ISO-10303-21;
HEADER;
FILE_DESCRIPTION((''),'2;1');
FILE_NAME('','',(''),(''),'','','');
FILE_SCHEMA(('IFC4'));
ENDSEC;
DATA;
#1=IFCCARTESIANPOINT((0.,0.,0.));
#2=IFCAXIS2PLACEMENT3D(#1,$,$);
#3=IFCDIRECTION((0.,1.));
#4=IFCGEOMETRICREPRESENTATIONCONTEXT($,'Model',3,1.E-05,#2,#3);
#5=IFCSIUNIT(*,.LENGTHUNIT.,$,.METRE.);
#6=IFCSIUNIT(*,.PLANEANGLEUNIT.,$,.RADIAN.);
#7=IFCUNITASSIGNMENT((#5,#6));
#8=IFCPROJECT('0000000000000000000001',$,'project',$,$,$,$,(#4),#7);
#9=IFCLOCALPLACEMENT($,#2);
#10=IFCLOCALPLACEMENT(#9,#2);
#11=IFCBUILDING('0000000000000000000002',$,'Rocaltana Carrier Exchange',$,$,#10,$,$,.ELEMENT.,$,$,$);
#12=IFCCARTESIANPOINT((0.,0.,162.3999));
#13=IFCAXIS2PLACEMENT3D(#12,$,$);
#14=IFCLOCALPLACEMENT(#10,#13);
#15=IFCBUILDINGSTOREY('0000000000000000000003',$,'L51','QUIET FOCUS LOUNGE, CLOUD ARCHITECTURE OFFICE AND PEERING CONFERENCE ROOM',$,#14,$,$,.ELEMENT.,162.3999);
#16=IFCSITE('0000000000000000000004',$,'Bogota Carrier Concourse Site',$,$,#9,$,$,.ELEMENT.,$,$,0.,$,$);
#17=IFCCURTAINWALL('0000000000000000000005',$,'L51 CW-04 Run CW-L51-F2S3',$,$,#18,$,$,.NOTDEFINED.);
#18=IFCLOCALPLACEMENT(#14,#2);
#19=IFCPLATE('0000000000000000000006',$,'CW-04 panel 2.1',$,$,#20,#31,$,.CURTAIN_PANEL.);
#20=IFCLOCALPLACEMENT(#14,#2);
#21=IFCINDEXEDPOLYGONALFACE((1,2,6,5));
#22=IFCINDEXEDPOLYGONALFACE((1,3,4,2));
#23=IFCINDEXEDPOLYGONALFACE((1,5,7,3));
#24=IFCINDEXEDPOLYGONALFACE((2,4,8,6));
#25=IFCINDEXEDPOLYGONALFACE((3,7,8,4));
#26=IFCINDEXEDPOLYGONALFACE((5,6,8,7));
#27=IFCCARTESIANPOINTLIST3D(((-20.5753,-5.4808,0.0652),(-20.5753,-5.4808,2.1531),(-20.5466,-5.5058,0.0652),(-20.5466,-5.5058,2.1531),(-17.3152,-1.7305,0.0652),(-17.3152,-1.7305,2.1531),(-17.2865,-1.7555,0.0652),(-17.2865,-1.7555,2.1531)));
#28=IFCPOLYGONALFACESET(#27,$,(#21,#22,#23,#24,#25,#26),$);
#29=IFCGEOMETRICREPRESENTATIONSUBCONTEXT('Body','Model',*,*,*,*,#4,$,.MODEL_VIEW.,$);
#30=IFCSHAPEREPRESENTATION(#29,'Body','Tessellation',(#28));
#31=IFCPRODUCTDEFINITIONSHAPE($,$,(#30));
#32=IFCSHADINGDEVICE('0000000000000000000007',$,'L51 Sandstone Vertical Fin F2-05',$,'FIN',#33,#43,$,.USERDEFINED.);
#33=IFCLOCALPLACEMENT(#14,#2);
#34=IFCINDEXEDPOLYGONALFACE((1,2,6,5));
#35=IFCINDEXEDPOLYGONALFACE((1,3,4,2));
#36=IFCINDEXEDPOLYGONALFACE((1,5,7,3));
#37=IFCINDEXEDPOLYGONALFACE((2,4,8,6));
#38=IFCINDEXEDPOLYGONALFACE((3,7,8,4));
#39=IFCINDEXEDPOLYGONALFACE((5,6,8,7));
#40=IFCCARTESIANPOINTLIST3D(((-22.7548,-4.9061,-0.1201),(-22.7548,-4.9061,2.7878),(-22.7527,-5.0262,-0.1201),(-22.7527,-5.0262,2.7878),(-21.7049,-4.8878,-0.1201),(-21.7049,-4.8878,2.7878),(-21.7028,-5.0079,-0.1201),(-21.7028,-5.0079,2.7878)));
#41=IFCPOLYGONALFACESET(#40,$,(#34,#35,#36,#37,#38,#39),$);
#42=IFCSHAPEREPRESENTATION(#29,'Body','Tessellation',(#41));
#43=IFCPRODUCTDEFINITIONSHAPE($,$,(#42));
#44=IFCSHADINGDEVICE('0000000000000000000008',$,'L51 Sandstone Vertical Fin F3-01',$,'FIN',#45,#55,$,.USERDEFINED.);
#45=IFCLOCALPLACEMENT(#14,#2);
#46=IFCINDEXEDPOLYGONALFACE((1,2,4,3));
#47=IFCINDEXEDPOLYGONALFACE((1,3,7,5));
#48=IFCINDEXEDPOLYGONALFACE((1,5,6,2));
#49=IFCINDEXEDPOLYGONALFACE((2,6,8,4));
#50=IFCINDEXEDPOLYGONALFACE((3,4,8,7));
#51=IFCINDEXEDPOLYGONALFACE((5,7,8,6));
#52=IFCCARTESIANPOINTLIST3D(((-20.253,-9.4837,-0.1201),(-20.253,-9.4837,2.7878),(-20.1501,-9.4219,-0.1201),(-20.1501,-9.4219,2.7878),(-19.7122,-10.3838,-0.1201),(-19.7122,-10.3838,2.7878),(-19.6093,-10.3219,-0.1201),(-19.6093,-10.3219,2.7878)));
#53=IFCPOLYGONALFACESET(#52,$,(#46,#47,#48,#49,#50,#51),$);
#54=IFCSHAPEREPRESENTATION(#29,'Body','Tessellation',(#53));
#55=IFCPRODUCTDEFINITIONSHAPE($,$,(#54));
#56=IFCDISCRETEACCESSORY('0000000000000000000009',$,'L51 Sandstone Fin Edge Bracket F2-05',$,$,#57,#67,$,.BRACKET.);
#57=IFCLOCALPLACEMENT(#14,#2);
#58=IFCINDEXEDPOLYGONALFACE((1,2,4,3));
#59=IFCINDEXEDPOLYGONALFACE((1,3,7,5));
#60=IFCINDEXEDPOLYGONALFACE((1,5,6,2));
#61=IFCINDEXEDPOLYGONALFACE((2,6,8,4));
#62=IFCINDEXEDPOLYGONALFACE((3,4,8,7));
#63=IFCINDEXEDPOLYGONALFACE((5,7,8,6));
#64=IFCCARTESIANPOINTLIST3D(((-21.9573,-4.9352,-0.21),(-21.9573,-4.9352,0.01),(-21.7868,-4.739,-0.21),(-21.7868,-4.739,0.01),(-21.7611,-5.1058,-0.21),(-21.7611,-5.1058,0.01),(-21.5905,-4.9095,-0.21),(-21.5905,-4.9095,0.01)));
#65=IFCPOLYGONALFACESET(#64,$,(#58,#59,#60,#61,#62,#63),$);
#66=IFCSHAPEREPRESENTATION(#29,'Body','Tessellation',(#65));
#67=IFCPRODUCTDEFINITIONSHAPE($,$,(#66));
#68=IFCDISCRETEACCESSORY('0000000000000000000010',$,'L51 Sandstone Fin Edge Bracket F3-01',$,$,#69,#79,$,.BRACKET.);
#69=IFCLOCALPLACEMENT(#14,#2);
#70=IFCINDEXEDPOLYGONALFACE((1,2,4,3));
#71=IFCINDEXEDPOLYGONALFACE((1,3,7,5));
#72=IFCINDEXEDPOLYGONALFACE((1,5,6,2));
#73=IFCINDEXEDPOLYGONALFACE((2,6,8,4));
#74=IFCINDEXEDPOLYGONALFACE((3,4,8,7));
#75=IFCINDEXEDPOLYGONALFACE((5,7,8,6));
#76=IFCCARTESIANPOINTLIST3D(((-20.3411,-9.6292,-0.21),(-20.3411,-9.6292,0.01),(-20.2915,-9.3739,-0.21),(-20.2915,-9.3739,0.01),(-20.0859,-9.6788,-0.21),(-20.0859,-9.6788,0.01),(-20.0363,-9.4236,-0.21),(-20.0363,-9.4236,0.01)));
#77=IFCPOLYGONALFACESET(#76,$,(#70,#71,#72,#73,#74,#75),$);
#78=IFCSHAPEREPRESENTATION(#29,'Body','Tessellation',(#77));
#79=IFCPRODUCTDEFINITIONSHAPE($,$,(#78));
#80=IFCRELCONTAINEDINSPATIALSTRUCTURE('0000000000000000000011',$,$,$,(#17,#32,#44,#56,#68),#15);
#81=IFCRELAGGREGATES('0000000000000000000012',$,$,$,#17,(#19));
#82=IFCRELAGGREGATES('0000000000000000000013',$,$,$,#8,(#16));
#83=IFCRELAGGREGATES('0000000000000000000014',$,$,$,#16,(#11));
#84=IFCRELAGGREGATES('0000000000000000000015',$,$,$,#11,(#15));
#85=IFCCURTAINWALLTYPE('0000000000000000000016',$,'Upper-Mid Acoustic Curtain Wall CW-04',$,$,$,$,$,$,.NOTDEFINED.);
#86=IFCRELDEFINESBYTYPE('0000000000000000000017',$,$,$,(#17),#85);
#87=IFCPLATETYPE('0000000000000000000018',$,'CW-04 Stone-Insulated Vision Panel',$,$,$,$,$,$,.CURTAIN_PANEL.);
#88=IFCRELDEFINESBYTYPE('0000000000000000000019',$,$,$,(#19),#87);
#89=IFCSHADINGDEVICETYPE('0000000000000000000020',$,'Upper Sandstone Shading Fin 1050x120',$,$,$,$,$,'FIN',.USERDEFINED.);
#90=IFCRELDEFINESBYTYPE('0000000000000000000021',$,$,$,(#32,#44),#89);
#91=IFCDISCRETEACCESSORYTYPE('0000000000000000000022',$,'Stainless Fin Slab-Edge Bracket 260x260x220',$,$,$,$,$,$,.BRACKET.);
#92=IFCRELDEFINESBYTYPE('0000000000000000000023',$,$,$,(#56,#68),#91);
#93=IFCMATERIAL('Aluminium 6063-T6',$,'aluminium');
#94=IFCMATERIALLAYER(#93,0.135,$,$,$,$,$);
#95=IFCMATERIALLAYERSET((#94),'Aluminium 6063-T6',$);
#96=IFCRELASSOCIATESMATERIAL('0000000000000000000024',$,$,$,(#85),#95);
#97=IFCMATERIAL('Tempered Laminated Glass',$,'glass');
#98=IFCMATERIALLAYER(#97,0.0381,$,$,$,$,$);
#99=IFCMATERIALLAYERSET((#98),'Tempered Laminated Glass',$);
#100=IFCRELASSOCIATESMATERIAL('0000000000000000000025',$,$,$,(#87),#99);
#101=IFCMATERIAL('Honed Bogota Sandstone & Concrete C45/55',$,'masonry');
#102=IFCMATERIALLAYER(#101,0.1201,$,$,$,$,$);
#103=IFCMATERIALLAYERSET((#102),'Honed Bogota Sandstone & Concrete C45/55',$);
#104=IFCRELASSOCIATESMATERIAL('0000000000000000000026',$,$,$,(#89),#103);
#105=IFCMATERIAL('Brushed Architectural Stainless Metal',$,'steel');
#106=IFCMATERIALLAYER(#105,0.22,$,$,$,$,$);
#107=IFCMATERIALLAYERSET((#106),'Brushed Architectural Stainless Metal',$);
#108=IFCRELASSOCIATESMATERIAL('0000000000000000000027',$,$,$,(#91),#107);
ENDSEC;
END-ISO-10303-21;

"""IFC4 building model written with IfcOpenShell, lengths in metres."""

from ifc_helpers import new_model, si_unit, direction, frame, origin, origin_2d, place, context, subcontext, project, spatial, rectangle, extrude, material, layer, layer_set, type_object, element, aggregate, save


model = new_model("IFC4")

# Units and contexts
model_context = context("Model", 3, precision=1e-05, world=origin(), true_north=direction((0.0, 1.0)))
body_context = subcontext(model_context, "Body", "Model", "MODEL_VIEW")
ifc_project = project(units=[si_unit("LENGTHUNIT", "METRE"), si_unit("PLANEANGLEUNIT", "RADIAN")], contexts=[model_context])

# Site, building, storey
site_placement = place(None, origin())
site = spatial("IfcSite", under=ifc_project, at=site_placement, Name="Bogota Carrier Concourse Site", CompositionType="ELEMENT", RefElevation=0.0)
building_placement = place(site_placement, origin())
building = spatial("IfcBuilding", under=site, at=building_placement, Name="Rocaltana Carrier Exchange", CompositionType="ELEMENT")
storey_placement = place(building_placement, frame((0.0, 0.0, 162.3999)))
storey = spatial("IfcBuildingStorey", under=building, at=storey_placement, Name="L51", Description="QUIET FOCUS LOUNGE, CLOUD ARCHITECTURE OFFICE AND PEERING CONFERENCE ROOM", CompositionType="ELEMENT", Elevation=162.3999)

# Curtain wall
ifc_material_1 = material(Name="Aluminium 6063-T6", Category="aluminium")
ifc_layer_1 = layer(ifc_material_1, 0.135)
ifc_layer_set_1 = layer_set([ifc_layer_1], Name="Aluminium 6063-T6")
curtain_wall_type = type_object("IfcCurtainWallType", Name="Upper-Mid Acoustic Curtain Wall CW-04", PredefinedType="NOTDEFINED", material=ifc_layer_set_1)
curtain_wall_1_placement = place(storey_placement, origin())
curtain_wall_1 = element("IfcCurtainWall", 1, at=curtain_wall_1_placement, inside=storey, type_object=curtain_wall_type, Name="L51 CW-04 Run CW-L51-F2S3", PredefinedType="NOTDEFINED")

# Plate
ifc_material_2 = material(Name="Tempered Laminated Glass", Category="glass")
ifc_layer_2 = layer(ifc_material_2, 0.0381)
ifc_layer_set_2 = layer_set([ifc_layer_2], Name="Tempered Laminated Glass")
plate_type = type_object("IfcPlateType", Name="CW-04 Stone-Insulated Vision Panel", PredefinedType="CURTAIN_PANEL", material=ifc_layer_set_2)
plate_placement = place(storey_placement, frame((-18.9309, -3.6182, 0.0652), z_axis=(0.0, 0.0, 1.0), x_axis=(-0.656057, -0.754712, 0.0)))
plate = element("IfcPlate", 2, at=plate_placement, type_object=plate_type, Name="CW-04 panel 2.1", PredefinedType="CURTAIN_PANEL", context=body_context, shape_type="SweptSolid", body=[
    extrude(rectangle(XDim=4.9692, YDim=0.0381, at=origin_2d()), origin(), (0.0, 0.0, 1.0), 2.0879),
])
aggregate(curtain_wall_1, [plate])

# Shading devices
ifc_material_3 = material(Name="Honed Bogota Sandstone & Concrete C45/55", Category="masonry")
ifc_layer_3 = layer(ifc_material_3, 0.1201)
ifc_layer_set_3 = layer_set([ifc_layer_3], Name="Honed Bogota Sandstone & Concrete C45/55")
shading_device_type = type_object("IfcShadingDeviceType", Name="Upper Sandstone Shading Fin 1050x120", ElementType="FIN", PredefinedType="USERDEFINED", material=ifc_layer_set_3)
for number, where, z_axis, x_axis, name in (
    (3, (-22.2288, -4.957, -0.1201), (0.0, 0.0, 1.0), (-0.999848, -0.017452, 0.0), "L51 Sandstone Vertical Fin F2-05"),
    (4, (-19.9312, -9.9028, -0.1201), (0.0, 0.0, 1.0), (0.515038, -0.857167, 0.0), "L51 Sandstone Vertical Fin F3-01"),
):
    element("IfcShadingDevice", number, at=place(storey_placement, frame(where, z_axis=z_axis, x_axis=x_axis)), inside=storey, type_object=shading_device_type, Name=name, ObjectType="FIN", PredefinedType="USERDEFINED", context=body_context, shape_type="SweptSolid", body=[
        extrude(rectangle(XDim=1.05, YDim=0.1201, at=origin_2d()), origin(), (0.0, 0.0, 1.0), 2.908),
    ])

# Discrete accessories
ifc_material_4 = material(Name="Brushed Architectural Stainless Metal", Category="steel")
ifc_layer_4 = layer(ifc_material_4, 0.22)
ifc_layer_set_4 = layer_set([ifc_layer_4], Name="Brushed Architectural Stainless Metal")
discrete_accessory_type = type_object("IfcDiscreteAccessoryType", Name="Stainless Fin Slab-Edge Bracket 260x260x220", PredefinedType="BRACKET", material=ifc_layer_set_4)
for number, where, z_axis, x_axis, name in (
    (5, (-21.7739, -4.9224, -0.21), (0.0, 0.0, 1.0), (-0.656059, -0.75471, 0.0), "L51 Sandstone Fin Edge Bracket F2-05"),
    (6, (-20.1887, -9.5264, -0.21), (0.0, 0.0, 1.0), (0.981627, -0.190809, 0.0), "L51 Sandstone Fin Edge Bracket F3-01"),
):
    element("IfcDiscreteAccessory", number, at=place(storey_placement, frame(where, z_axis=z_axis, x_axis=x_axis)), inside=storey, type_object=discrete_accessory_type, Name=name, PredefinedType="BRACKET", context=body_context, shape_type="SweptSolid", body=[
        extrude(rectangle(XDim=0.26, YDim=0.26, at=origin_2d()), origin(), (0.0, 0.0, 1.0), 0.22),
    ])

save(model, "model.ifc")
